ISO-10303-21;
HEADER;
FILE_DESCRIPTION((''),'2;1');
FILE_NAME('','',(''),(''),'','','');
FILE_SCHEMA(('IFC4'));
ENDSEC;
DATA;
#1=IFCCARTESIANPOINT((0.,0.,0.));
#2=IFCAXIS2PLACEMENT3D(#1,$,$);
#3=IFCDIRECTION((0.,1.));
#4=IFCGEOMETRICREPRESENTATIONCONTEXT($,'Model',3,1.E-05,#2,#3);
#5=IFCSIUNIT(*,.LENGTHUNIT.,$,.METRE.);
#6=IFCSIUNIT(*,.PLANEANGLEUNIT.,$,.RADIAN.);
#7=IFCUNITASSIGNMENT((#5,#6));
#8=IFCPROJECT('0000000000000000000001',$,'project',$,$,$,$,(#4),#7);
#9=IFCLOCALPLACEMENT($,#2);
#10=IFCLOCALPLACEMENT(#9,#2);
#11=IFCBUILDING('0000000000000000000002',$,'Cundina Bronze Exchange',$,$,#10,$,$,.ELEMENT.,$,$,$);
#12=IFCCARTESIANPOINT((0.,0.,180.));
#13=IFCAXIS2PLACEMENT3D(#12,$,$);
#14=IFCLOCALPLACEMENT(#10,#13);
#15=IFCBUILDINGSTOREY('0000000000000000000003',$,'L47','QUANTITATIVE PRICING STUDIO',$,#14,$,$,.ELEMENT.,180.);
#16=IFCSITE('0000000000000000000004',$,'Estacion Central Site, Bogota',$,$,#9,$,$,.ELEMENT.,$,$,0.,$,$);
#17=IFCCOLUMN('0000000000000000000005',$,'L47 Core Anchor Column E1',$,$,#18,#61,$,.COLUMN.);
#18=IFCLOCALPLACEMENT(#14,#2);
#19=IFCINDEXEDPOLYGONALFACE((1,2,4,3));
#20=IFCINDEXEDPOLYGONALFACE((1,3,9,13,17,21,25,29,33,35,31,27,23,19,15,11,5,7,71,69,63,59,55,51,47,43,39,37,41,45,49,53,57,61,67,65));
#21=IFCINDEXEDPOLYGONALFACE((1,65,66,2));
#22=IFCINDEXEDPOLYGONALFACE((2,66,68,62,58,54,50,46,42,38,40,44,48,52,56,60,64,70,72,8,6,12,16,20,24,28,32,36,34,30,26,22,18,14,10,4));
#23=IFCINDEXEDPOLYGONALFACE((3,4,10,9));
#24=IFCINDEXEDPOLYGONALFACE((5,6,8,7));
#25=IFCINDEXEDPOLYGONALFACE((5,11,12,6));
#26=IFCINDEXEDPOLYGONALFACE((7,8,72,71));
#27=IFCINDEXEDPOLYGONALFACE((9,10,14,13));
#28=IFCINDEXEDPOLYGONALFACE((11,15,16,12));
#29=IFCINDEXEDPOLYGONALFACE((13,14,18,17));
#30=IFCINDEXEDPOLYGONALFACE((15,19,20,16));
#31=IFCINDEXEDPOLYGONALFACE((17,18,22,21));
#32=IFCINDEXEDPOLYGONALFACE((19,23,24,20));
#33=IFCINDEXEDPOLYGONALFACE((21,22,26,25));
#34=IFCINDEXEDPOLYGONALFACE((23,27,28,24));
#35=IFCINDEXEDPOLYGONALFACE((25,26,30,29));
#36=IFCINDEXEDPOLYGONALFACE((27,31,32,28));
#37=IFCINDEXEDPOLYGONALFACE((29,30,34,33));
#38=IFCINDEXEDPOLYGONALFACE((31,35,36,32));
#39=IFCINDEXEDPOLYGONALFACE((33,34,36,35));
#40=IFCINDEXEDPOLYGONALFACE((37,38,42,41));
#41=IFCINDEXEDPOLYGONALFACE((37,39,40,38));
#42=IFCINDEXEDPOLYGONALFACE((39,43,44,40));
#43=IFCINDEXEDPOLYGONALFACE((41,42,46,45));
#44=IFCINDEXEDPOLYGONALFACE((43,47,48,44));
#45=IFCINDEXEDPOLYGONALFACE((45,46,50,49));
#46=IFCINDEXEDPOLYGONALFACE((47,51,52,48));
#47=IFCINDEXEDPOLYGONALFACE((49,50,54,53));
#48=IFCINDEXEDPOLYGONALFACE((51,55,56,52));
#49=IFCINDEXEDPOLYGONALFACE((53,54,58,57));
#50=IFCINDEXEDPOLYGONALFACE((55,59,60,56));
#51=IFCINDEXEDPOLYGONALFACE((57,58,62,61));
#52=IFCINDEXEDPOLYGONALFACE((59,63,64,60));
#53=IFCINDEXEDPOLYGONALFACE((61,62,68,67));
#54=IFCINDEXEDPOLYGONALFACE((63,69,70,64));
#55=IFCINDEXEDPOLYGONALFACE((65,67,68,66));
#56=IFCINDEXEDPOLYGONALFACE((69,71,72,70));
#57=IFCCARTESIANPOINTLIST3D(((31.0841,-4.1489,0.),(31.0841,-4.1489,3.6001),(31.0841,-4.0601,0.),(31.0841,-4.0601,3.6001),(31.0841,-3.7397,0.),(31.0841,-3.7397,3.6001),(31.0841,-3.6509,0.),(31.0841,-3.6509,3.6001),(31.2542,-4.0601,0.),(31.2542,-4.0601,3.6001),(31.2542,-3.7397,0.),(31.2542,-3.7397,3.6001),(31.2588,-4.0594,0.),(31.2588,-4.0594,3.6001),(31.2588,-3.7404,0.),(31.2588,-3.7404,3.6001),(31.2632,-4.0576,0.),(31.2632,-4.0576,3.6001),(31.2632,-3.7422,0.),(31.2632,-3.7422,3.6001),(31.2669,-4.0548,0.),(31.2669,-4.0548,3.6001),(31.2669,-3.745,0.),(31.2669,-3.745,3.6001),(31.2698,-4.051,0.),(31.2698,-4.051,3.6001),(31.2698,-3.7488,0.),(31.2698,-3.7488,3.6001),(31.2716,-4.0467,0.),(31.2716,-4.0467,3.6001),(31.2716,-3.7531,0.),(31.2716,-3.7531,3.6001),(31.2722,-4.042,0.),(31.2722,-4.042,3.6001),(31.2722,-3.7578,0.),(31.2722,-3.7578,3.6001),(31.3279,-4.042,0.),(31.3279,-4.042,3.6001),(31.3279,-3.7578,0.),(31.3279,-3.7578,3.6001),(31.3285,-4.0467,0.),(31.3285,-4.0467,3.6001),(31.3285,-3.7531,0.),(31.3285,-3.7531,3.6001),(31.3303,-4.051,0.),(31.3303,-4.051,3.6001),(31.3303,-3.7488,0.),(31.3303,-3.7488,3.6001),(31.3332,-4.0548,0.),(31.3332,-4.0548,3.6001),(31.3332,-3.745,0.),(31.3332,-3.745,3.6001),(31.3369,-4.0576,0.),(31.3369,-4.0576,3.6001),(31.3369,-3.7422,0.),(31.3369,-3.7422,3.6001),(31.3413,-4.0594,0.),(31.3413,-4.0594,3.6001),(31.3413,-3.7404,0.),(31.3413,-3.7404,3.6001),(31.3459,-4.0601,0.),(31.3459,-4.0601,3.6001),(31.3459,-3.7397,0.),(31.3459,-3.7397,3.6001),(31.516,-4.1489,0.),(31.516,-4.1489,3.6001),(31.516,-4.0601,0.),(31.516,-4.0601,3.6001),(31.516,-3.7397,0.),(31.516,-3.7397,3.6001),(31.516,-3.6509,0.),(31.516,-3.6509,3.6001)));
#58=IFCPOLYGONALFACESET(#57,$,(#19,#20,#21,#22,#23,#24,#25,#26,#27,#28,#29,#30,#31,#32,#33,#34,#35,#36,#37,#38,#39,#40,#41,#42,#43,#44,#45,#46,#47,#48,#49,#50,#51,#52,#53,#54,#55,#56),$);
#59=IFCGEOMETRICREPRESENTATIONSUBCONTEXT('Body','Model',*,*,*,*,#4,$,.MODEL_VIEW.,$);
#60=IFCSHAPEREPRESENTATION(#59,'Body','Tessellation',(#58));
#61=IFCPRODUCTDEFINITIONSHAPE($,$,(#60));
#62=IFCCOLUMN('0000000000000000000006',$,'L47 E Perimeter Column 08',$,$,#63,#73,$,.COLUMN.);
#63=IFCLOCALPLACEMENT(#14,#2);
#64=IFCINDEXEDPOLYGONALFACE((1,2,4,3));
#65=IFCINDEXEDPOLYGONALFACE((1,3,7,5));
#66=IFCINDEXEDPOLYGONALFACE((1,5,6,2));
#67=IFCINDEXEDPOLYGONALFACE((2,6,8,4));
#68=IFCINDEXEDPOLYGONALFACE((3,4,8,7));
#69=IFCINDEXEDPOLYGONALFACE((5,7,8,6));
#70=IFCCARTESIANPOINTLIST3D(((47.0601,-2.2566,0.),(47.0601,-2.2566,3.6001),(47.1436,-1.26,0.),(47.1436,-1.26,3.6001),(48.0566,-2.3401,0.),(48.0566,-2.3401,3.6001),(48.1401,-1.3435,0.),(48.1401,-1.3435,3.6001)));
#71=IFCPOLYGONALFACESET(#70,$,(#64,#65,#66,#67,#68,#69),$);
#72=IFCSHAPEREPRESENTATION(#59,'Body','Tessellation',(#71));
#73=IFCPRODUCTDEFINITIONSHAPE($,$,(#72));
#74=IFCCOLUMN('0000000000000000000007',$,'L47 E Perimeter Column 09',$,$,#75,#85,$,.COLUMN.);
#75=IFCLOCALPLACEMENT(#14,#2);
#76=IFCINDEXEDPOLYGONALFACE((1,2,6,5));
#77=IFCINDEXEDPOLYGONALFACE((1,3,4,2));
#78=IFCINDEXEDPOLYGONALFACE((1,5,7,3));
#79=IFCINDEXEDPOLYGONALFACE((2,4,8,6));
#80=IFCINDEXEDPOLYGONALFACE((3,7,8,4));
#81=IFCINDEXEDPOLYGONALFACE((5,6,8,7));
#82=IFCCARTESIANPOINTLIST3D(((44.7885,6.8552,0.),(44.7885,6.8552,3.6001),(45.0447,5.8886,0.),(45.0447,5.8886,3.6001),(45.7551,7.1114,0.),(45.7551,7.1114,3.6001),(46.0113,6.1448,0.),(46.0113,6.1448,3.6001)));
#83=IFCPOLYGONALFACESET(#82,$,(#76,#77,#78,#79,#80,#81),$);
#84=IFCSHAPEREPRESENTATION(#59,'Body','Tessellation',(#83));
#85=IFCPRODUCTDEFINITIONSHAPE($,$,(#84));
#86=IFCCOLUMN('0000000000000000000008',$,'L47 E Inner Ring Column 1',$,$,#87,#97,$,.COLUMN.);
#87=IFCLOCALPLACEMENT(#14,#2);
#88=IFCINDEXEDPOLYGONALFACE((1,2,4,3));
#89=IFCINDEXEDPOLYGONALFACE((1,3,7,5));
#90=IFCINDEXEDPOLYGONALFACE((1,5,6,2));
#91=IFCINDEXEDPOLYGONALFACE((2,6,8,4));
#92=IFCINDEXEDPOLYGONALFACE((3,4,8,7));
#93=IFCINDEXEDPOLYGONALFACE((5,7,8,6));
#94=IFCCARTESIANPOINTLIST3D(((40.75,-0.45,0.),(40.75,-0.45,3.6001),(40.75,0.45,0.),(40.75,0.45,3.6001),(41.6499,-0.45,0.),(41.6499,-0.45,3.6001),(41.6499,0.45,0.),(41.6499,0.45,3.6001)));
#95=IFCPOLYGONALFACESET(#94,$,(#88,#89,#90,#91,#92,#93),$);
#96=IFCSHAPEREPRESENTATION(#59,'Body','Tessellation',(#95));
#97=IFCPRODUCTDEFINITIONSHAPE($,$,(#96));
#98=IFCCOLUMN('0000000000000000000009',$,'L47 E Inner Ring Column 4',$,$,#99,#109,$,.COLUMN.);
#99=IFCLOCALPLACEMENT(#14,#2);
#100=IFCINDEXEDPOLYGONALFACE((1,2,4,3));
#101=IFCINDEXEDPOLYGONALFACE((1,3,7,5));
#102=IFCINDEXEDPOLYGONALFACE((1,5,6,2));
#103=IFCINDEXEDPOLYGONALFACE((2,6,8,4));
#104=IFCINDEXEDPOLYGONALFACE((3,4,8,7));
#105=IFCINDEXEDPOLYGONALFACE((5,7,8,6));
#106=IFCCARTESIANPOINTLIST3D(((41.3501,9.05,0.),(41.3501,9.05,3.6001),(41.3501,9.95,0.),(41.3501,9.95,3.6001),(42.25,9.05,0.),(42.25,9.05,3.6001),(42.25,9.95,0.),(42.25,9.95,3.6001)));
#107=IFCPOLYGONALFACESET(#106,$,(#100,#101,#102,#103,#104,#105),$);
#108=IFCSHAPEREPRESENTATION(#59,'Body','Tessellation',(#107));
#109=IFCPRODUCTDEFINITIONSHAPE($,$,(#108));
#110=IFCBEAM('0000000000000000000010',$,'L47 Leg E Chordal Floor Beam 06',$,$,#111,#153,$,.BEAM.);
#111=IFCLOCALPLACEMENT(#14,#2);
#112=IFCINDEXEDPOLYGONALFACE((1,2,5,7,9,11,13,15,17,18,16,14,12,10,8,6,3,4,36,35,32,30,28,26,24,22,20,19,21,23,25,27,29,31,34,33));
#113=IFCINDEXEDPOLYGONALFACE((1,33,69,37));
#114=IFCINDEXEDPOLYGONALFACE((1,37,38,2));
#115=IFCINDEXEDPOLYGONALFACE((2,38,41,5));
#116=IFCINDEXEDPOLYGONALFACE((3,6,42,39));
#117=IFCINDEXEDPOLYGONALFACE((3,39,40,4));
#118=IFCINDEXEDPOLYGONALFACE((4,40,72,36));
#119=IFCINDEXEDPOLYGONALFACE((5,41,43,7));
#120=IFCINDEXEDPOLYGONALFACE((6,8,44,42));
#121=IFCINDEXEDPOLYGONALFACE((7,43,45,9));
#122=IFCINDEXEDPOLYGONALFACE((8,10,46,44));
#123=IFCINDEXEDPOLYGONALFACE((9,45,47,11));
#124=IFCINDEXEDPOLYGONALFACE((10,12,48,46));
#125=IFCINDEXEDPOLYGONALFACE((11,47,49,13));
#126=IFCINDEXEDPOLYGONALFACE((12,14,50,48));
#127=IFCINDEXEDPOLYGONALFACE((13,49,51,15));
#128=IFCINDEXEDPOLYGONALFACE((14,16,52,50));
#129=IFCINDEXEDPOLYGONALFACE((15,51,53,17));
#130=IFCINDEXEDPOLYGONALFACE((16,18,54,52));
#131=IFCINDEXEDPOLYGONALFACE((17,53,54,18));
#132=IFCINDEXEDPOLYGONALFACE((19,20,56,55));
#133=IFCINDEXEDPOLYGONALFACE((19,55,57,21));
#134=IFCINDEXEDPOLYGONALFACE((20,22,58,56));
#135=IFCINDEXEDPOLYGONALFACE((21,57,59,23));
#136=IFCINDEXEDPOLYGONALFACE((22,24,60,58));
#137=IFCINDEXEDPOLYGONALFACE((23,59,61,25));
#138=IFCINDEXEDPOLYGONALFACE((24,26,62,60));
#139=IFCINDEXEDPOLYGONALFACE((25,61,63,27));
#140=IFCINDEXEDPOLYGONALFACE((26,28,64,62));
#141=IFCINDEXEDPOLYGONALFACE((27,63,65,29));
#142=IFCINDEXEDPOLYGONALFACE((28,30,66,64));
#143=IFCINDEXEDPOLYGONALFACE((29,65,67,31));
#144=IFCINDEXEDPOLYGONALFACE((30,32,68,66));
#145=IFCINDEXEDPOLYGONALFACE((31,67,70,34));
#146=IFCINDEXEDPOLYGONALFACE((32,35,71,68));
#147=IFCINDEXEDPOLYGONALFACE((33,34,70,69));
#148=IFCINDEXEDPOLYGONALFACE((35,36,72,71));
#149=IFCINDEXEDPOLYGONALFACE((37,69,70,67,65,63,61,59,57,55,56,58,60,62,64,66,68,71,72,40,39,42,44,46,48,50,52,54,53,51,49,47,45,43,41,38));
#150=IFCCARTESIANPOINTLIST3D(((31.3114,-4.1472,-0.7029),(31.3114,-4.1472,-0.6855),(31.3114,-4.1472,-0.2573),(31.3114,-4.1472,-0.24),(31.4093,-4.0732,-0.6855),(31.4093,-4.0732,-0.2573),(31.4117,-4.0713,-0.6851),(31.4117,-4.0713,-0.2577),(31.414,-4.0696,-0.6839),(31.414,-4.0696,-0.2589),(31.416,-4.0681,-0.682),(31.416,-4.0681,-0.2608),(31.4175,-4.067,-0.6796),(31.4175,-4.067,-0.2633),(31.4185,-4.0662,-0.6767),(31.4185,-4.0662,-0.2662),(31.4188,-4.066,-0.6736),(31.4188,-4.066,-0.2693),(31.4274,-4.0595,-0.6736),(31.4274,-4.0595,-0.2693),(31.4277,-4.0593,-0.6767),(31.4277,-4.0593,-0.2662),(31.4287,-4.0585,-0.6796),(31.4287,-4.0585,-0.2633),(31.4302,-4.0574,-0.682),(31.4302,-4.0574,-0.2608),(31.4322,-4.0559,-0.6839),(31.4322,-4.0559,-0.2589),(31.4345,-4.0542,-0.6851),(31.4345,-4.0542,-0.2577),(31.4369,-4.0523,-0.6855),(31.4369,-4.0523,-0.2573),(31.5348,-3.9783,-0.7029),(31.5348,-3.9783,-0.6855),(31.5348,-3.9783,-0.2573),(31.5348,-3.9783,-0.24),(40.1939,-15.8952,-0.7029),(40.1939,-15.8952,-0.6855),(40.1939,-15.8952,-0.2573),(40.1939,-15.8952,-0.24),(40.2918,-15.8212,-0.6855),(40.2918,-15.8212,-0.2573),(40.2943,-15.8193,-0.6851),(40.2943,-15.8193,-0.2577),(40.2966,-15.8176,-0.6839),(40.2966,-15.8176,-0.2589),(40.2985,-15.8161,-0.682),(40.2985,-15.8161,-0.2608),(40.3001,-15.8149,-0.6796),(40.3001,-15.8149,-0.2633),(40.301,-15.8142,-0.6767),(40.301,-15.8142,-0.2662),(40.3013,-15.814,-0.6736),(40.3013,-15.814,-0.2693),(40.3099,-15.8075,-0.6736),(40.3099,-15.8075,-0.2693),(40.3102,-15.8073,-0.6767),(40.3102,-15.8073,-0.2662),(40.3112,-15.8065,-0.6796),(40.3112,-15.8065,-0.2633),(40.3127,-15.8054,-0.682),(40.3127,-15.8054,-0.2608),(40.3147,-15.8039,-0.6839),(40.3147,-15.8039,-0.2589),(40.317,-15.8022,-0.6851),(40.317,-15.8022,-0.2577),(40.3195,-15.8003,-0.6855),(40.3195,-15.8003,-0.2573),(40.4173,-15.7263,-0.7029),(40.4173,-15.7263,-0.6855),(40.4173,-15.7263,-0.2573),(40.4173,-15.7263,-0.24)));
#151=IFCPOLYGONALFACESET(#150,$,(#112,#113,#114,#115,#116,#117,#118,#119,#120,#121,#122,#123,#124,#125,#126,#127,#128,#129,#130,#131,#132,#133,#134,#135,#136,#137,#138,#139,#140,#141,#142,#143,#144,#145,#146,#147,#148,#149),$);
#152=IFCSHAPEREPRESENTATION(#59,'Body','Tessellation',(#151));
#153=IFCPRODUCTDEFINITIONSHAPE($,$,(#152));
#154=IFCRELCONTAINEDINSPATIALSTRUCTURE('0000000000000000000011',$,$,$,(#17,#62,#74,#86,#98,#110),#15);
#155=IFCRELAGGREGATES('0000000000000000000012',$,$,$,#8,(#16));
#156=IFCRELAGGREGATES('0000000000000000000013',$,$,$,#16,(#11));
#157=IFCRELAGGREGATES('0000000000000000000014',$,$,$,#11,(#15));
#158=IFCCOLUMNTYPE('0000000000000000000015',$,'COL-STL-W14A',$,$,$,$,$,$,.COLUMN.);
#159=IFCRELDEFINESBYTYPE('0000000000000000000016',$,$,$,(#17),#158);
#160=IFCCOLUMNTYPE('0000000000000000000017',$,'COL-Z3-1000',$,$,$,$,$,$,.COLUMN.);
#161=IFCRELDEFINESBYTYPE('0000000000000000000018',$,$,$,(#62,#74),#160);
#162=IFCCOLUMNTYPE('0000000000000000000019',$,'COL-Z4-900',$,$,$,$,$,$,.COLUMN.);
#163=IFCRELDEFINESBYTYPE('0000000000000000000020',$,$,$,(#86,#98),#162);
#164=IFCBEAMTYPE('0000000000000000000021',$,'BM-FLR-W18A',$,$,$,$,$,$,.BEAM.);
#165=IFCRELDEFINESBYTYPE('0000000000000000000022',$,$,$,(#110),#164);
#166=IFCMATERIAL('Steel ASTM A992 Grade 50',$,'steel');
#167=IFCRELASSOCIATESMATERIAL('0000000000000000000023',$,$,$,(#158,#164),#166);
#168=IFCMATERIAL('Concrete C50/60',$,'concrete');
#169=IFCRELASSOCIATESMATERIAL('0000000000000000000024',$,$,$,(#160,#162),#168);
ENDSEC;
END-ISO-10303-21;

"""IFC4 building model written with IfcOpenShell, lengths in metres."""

from ifc_helpers import new_model, si_unit, direction, frame, origin, origin_2d, place, context, subcontext, project, spatial, rectangle, i_section, extrude, material, material_profile, profile_set, type_object, element, save


model = new_model("IFC4")

# Units and contexts
model_context = context("Model", 3, precision=1e-05, world=origin(), true_north=direction((0.0, 1.0)))
body_context = subcontext(model_context, "Body", "Model", "MODEL_VIEW")
ifc_project = project(units=[si_unit("LENGTHUNIT", "METRE"), si_unit("PLANEANGLEUNIT", "RADIAN")], contexts=[model_context])

# Site, building, storey
site_placement = place(None, origin())
site = spatial("IfcSite", under=ifc_project, at=site_placement, Name="Estacion Central Site, Bogota", CompositionType="ELEMENT", RefElevation=0.0)
building_placement = place(site_placement, origin())
building = spatial("IfcBuilding", under=site, at=building_placement, Name="Cundina Bronze Exchange", CompositionType="ELEMENT")
storey_placement = place(building_placement, frame((0.0, 0.0, 180.0)))
storey = spatial("IfcBuildingStorey", under=building, at=storey_placement, Name="L47", Description="QUANTITATIVE PRICING STUDIO", CompositionType="ELEMENT", Elevation=180.0)

# Columns
ifc_material_1 = material(Name="Steel ASTM A992 Grade 50", Category="steel")
ifc_material_profile_1 = material_profile(ifc_material_1, i_section(OverallWidth=0.4319, OverallDepth=0.498, WebThickness=0.0557, FlangeThickness=0.0889, FilletRadius=0.0181, at=origin_2d()), Name="W14X500", Category="steel")
ifc_profile_set_1 = profile_set([ifc_material_profile_1], Name="Steel ASTM A992 Grade 50")
column_type_1 = type_object("IfcColumnType", Name="COL-STL-W14A", PredefinedType="COLUMN", material=ifc_profile_set_1)
column_placement = place(storey_placement, frame((31.3, -3.8999, 0.0), z_axis=(0.0, 0.0, 1.0), x_axis=(1.0, 0.0, 0.0)))
element("IfcColumn", 1, at=column_placement, inside=storey, type_object=column_type_1, Name="L47 Core Anchor Column E1", PredefinedType="COLUMN", context=body_context, shape_type="SweptSolid", body=[
    extrude(i_section(OverallWidth=0.4319, OverallDepth=0.498, WebThickness=0.0557, FlangeThickness=0.0889, FilletRadius=0.0181, at=origin_2d()), origin(), (0.0, 0.0, 1.0), 3.6001),
])
ifc_material_2 = material(Name="Concrete C50/60", Category="concrete")
ifc_material_profile_2 = material_profile(ifc_material_2, rectangle(XDim=1.0, YDim=1.0, at=origin_2d()), Name="RC1000X1000", Category="concrete")
ifc_profile_set_2 = profile_set([ifc_material_profile_2], Name="Concrete C50/60")
column_type_2 = type_object("IfcColumnType", Name="COL-Z3-1000", PredefinedType="COLUMN", material=ifc_profile_set_2)
for number, where, z_axis, x_axis, name in (
    (2, (47.6001, -1.8, 0.0), (0.0, 0.0, 1.0), (0.083504, 0.996507, 0.0), "L47 E Perimeter Column 08"),
    (3, (45.3999, 6.5, 0.0), (0.0, 0.0, 1.0), (-0.256289, 0.9666, 0.0), "L47 E Perimeter Column 09"),
):
    element("IfcColumn", number, at=place(storey_placement, frame(where, z_axis=z_axis, x_axis=x_axis)), inside=storey, type_object=column_type_2, Name=name, PredefinedType="COLUMN", context=body_context, shape_type="SweptSolid", body=[
        extrude(rectangle(XDim=1.0, YDim=1.0, at=origin_2d()), origin(), (0.0, 0.0, 1.0), 3.6001),
    ])
ifc_material_profile_3 = material_profile(ifc_material_2, rectangle(XDim=0.8999, YDim=0.8999, at=origin_2d()), Name="RC900X900", Category="concrete")
ifc_profile_set_3 = profile_set([ifc_material_profile_3], Name="Concrete C50/60")
column_type_3 = type_object("IfcColumnType", Name="COL-Z4-900", PredefinedType="COLUMN", material=ifc_profile_set_3)
for number, where, z_axis, x_axis, name in (
    (4, (41.2, 0.0, 0.0), (0.0, 0.0, 1.0), (1.0, 0.0, 0.0), "L47 E Inner Ring Column 1"),
    (5, (41.8, 9.5, 0.0), (0.0, 0.0, 1.0), (1.0, 0.0, 0.0), "L47 E Inner Ring Column 4"),
):
    element("IfcColumn", number, at=place(storey_placement, frame(where, z_axis=z_axis, x_axis=x_axis)), inside=storey, type_object=column_type_3, Name=name, PredefinedType="COLUMN", context=body_context, shape_type="SweptSolid", body=[
        extrude(rectangle(XDim=0.8999, YDim=0.8999, at=origin_2d()), origin(), (0.0, 0.0, 1.0), 3.6001),
    ])

# Beam
ifc_material_profile_4 = material_profile(ifc_material_1, i_section(OverallWidth=0.28, OverallDepth=0.4629, WebThickness=0.0107, FlangeThickness=0.0173, FilletRadius=0.012, at=origin_2d()), Name="W18X76", Category="steel")
ifc_profile_set_4 = profile_set([ifc_material_profile_4], Name="Steel ASTM A992 Grade 50")
beam_type_1 = type_object("IfcBeamType", Name="BM-FLR-W18A", PredefinedType="BEAM", material=ifc_profile_set_4)
beam_1_placement = place(storey_placement, frame((31.4231, -4.0627, -0.4714), z_axis=(0.603104, -0.797663, 0.0), x_axis=(0.797663, 0.603104, 0.0)))
element("IfcBeam", 6, at=beam_1_placement, inside=storey, type_object=beam_type_1, Name="L47 Leg E Chordal Floor Beam 06", PredefinedType="BEAM", context=body_context, shape_type="SweptSolid", body=[
    extrude(i_section(OverallWidth=0.28, OverallDepth=0.4629, WebThickness=0.0107, FlangeThickness=0.0173, FilletRadius=0.012, at=origin_2d()), origin(), (0.0, 0.0, 1.0), 14.728),
])

save(model, "model.ifc")
